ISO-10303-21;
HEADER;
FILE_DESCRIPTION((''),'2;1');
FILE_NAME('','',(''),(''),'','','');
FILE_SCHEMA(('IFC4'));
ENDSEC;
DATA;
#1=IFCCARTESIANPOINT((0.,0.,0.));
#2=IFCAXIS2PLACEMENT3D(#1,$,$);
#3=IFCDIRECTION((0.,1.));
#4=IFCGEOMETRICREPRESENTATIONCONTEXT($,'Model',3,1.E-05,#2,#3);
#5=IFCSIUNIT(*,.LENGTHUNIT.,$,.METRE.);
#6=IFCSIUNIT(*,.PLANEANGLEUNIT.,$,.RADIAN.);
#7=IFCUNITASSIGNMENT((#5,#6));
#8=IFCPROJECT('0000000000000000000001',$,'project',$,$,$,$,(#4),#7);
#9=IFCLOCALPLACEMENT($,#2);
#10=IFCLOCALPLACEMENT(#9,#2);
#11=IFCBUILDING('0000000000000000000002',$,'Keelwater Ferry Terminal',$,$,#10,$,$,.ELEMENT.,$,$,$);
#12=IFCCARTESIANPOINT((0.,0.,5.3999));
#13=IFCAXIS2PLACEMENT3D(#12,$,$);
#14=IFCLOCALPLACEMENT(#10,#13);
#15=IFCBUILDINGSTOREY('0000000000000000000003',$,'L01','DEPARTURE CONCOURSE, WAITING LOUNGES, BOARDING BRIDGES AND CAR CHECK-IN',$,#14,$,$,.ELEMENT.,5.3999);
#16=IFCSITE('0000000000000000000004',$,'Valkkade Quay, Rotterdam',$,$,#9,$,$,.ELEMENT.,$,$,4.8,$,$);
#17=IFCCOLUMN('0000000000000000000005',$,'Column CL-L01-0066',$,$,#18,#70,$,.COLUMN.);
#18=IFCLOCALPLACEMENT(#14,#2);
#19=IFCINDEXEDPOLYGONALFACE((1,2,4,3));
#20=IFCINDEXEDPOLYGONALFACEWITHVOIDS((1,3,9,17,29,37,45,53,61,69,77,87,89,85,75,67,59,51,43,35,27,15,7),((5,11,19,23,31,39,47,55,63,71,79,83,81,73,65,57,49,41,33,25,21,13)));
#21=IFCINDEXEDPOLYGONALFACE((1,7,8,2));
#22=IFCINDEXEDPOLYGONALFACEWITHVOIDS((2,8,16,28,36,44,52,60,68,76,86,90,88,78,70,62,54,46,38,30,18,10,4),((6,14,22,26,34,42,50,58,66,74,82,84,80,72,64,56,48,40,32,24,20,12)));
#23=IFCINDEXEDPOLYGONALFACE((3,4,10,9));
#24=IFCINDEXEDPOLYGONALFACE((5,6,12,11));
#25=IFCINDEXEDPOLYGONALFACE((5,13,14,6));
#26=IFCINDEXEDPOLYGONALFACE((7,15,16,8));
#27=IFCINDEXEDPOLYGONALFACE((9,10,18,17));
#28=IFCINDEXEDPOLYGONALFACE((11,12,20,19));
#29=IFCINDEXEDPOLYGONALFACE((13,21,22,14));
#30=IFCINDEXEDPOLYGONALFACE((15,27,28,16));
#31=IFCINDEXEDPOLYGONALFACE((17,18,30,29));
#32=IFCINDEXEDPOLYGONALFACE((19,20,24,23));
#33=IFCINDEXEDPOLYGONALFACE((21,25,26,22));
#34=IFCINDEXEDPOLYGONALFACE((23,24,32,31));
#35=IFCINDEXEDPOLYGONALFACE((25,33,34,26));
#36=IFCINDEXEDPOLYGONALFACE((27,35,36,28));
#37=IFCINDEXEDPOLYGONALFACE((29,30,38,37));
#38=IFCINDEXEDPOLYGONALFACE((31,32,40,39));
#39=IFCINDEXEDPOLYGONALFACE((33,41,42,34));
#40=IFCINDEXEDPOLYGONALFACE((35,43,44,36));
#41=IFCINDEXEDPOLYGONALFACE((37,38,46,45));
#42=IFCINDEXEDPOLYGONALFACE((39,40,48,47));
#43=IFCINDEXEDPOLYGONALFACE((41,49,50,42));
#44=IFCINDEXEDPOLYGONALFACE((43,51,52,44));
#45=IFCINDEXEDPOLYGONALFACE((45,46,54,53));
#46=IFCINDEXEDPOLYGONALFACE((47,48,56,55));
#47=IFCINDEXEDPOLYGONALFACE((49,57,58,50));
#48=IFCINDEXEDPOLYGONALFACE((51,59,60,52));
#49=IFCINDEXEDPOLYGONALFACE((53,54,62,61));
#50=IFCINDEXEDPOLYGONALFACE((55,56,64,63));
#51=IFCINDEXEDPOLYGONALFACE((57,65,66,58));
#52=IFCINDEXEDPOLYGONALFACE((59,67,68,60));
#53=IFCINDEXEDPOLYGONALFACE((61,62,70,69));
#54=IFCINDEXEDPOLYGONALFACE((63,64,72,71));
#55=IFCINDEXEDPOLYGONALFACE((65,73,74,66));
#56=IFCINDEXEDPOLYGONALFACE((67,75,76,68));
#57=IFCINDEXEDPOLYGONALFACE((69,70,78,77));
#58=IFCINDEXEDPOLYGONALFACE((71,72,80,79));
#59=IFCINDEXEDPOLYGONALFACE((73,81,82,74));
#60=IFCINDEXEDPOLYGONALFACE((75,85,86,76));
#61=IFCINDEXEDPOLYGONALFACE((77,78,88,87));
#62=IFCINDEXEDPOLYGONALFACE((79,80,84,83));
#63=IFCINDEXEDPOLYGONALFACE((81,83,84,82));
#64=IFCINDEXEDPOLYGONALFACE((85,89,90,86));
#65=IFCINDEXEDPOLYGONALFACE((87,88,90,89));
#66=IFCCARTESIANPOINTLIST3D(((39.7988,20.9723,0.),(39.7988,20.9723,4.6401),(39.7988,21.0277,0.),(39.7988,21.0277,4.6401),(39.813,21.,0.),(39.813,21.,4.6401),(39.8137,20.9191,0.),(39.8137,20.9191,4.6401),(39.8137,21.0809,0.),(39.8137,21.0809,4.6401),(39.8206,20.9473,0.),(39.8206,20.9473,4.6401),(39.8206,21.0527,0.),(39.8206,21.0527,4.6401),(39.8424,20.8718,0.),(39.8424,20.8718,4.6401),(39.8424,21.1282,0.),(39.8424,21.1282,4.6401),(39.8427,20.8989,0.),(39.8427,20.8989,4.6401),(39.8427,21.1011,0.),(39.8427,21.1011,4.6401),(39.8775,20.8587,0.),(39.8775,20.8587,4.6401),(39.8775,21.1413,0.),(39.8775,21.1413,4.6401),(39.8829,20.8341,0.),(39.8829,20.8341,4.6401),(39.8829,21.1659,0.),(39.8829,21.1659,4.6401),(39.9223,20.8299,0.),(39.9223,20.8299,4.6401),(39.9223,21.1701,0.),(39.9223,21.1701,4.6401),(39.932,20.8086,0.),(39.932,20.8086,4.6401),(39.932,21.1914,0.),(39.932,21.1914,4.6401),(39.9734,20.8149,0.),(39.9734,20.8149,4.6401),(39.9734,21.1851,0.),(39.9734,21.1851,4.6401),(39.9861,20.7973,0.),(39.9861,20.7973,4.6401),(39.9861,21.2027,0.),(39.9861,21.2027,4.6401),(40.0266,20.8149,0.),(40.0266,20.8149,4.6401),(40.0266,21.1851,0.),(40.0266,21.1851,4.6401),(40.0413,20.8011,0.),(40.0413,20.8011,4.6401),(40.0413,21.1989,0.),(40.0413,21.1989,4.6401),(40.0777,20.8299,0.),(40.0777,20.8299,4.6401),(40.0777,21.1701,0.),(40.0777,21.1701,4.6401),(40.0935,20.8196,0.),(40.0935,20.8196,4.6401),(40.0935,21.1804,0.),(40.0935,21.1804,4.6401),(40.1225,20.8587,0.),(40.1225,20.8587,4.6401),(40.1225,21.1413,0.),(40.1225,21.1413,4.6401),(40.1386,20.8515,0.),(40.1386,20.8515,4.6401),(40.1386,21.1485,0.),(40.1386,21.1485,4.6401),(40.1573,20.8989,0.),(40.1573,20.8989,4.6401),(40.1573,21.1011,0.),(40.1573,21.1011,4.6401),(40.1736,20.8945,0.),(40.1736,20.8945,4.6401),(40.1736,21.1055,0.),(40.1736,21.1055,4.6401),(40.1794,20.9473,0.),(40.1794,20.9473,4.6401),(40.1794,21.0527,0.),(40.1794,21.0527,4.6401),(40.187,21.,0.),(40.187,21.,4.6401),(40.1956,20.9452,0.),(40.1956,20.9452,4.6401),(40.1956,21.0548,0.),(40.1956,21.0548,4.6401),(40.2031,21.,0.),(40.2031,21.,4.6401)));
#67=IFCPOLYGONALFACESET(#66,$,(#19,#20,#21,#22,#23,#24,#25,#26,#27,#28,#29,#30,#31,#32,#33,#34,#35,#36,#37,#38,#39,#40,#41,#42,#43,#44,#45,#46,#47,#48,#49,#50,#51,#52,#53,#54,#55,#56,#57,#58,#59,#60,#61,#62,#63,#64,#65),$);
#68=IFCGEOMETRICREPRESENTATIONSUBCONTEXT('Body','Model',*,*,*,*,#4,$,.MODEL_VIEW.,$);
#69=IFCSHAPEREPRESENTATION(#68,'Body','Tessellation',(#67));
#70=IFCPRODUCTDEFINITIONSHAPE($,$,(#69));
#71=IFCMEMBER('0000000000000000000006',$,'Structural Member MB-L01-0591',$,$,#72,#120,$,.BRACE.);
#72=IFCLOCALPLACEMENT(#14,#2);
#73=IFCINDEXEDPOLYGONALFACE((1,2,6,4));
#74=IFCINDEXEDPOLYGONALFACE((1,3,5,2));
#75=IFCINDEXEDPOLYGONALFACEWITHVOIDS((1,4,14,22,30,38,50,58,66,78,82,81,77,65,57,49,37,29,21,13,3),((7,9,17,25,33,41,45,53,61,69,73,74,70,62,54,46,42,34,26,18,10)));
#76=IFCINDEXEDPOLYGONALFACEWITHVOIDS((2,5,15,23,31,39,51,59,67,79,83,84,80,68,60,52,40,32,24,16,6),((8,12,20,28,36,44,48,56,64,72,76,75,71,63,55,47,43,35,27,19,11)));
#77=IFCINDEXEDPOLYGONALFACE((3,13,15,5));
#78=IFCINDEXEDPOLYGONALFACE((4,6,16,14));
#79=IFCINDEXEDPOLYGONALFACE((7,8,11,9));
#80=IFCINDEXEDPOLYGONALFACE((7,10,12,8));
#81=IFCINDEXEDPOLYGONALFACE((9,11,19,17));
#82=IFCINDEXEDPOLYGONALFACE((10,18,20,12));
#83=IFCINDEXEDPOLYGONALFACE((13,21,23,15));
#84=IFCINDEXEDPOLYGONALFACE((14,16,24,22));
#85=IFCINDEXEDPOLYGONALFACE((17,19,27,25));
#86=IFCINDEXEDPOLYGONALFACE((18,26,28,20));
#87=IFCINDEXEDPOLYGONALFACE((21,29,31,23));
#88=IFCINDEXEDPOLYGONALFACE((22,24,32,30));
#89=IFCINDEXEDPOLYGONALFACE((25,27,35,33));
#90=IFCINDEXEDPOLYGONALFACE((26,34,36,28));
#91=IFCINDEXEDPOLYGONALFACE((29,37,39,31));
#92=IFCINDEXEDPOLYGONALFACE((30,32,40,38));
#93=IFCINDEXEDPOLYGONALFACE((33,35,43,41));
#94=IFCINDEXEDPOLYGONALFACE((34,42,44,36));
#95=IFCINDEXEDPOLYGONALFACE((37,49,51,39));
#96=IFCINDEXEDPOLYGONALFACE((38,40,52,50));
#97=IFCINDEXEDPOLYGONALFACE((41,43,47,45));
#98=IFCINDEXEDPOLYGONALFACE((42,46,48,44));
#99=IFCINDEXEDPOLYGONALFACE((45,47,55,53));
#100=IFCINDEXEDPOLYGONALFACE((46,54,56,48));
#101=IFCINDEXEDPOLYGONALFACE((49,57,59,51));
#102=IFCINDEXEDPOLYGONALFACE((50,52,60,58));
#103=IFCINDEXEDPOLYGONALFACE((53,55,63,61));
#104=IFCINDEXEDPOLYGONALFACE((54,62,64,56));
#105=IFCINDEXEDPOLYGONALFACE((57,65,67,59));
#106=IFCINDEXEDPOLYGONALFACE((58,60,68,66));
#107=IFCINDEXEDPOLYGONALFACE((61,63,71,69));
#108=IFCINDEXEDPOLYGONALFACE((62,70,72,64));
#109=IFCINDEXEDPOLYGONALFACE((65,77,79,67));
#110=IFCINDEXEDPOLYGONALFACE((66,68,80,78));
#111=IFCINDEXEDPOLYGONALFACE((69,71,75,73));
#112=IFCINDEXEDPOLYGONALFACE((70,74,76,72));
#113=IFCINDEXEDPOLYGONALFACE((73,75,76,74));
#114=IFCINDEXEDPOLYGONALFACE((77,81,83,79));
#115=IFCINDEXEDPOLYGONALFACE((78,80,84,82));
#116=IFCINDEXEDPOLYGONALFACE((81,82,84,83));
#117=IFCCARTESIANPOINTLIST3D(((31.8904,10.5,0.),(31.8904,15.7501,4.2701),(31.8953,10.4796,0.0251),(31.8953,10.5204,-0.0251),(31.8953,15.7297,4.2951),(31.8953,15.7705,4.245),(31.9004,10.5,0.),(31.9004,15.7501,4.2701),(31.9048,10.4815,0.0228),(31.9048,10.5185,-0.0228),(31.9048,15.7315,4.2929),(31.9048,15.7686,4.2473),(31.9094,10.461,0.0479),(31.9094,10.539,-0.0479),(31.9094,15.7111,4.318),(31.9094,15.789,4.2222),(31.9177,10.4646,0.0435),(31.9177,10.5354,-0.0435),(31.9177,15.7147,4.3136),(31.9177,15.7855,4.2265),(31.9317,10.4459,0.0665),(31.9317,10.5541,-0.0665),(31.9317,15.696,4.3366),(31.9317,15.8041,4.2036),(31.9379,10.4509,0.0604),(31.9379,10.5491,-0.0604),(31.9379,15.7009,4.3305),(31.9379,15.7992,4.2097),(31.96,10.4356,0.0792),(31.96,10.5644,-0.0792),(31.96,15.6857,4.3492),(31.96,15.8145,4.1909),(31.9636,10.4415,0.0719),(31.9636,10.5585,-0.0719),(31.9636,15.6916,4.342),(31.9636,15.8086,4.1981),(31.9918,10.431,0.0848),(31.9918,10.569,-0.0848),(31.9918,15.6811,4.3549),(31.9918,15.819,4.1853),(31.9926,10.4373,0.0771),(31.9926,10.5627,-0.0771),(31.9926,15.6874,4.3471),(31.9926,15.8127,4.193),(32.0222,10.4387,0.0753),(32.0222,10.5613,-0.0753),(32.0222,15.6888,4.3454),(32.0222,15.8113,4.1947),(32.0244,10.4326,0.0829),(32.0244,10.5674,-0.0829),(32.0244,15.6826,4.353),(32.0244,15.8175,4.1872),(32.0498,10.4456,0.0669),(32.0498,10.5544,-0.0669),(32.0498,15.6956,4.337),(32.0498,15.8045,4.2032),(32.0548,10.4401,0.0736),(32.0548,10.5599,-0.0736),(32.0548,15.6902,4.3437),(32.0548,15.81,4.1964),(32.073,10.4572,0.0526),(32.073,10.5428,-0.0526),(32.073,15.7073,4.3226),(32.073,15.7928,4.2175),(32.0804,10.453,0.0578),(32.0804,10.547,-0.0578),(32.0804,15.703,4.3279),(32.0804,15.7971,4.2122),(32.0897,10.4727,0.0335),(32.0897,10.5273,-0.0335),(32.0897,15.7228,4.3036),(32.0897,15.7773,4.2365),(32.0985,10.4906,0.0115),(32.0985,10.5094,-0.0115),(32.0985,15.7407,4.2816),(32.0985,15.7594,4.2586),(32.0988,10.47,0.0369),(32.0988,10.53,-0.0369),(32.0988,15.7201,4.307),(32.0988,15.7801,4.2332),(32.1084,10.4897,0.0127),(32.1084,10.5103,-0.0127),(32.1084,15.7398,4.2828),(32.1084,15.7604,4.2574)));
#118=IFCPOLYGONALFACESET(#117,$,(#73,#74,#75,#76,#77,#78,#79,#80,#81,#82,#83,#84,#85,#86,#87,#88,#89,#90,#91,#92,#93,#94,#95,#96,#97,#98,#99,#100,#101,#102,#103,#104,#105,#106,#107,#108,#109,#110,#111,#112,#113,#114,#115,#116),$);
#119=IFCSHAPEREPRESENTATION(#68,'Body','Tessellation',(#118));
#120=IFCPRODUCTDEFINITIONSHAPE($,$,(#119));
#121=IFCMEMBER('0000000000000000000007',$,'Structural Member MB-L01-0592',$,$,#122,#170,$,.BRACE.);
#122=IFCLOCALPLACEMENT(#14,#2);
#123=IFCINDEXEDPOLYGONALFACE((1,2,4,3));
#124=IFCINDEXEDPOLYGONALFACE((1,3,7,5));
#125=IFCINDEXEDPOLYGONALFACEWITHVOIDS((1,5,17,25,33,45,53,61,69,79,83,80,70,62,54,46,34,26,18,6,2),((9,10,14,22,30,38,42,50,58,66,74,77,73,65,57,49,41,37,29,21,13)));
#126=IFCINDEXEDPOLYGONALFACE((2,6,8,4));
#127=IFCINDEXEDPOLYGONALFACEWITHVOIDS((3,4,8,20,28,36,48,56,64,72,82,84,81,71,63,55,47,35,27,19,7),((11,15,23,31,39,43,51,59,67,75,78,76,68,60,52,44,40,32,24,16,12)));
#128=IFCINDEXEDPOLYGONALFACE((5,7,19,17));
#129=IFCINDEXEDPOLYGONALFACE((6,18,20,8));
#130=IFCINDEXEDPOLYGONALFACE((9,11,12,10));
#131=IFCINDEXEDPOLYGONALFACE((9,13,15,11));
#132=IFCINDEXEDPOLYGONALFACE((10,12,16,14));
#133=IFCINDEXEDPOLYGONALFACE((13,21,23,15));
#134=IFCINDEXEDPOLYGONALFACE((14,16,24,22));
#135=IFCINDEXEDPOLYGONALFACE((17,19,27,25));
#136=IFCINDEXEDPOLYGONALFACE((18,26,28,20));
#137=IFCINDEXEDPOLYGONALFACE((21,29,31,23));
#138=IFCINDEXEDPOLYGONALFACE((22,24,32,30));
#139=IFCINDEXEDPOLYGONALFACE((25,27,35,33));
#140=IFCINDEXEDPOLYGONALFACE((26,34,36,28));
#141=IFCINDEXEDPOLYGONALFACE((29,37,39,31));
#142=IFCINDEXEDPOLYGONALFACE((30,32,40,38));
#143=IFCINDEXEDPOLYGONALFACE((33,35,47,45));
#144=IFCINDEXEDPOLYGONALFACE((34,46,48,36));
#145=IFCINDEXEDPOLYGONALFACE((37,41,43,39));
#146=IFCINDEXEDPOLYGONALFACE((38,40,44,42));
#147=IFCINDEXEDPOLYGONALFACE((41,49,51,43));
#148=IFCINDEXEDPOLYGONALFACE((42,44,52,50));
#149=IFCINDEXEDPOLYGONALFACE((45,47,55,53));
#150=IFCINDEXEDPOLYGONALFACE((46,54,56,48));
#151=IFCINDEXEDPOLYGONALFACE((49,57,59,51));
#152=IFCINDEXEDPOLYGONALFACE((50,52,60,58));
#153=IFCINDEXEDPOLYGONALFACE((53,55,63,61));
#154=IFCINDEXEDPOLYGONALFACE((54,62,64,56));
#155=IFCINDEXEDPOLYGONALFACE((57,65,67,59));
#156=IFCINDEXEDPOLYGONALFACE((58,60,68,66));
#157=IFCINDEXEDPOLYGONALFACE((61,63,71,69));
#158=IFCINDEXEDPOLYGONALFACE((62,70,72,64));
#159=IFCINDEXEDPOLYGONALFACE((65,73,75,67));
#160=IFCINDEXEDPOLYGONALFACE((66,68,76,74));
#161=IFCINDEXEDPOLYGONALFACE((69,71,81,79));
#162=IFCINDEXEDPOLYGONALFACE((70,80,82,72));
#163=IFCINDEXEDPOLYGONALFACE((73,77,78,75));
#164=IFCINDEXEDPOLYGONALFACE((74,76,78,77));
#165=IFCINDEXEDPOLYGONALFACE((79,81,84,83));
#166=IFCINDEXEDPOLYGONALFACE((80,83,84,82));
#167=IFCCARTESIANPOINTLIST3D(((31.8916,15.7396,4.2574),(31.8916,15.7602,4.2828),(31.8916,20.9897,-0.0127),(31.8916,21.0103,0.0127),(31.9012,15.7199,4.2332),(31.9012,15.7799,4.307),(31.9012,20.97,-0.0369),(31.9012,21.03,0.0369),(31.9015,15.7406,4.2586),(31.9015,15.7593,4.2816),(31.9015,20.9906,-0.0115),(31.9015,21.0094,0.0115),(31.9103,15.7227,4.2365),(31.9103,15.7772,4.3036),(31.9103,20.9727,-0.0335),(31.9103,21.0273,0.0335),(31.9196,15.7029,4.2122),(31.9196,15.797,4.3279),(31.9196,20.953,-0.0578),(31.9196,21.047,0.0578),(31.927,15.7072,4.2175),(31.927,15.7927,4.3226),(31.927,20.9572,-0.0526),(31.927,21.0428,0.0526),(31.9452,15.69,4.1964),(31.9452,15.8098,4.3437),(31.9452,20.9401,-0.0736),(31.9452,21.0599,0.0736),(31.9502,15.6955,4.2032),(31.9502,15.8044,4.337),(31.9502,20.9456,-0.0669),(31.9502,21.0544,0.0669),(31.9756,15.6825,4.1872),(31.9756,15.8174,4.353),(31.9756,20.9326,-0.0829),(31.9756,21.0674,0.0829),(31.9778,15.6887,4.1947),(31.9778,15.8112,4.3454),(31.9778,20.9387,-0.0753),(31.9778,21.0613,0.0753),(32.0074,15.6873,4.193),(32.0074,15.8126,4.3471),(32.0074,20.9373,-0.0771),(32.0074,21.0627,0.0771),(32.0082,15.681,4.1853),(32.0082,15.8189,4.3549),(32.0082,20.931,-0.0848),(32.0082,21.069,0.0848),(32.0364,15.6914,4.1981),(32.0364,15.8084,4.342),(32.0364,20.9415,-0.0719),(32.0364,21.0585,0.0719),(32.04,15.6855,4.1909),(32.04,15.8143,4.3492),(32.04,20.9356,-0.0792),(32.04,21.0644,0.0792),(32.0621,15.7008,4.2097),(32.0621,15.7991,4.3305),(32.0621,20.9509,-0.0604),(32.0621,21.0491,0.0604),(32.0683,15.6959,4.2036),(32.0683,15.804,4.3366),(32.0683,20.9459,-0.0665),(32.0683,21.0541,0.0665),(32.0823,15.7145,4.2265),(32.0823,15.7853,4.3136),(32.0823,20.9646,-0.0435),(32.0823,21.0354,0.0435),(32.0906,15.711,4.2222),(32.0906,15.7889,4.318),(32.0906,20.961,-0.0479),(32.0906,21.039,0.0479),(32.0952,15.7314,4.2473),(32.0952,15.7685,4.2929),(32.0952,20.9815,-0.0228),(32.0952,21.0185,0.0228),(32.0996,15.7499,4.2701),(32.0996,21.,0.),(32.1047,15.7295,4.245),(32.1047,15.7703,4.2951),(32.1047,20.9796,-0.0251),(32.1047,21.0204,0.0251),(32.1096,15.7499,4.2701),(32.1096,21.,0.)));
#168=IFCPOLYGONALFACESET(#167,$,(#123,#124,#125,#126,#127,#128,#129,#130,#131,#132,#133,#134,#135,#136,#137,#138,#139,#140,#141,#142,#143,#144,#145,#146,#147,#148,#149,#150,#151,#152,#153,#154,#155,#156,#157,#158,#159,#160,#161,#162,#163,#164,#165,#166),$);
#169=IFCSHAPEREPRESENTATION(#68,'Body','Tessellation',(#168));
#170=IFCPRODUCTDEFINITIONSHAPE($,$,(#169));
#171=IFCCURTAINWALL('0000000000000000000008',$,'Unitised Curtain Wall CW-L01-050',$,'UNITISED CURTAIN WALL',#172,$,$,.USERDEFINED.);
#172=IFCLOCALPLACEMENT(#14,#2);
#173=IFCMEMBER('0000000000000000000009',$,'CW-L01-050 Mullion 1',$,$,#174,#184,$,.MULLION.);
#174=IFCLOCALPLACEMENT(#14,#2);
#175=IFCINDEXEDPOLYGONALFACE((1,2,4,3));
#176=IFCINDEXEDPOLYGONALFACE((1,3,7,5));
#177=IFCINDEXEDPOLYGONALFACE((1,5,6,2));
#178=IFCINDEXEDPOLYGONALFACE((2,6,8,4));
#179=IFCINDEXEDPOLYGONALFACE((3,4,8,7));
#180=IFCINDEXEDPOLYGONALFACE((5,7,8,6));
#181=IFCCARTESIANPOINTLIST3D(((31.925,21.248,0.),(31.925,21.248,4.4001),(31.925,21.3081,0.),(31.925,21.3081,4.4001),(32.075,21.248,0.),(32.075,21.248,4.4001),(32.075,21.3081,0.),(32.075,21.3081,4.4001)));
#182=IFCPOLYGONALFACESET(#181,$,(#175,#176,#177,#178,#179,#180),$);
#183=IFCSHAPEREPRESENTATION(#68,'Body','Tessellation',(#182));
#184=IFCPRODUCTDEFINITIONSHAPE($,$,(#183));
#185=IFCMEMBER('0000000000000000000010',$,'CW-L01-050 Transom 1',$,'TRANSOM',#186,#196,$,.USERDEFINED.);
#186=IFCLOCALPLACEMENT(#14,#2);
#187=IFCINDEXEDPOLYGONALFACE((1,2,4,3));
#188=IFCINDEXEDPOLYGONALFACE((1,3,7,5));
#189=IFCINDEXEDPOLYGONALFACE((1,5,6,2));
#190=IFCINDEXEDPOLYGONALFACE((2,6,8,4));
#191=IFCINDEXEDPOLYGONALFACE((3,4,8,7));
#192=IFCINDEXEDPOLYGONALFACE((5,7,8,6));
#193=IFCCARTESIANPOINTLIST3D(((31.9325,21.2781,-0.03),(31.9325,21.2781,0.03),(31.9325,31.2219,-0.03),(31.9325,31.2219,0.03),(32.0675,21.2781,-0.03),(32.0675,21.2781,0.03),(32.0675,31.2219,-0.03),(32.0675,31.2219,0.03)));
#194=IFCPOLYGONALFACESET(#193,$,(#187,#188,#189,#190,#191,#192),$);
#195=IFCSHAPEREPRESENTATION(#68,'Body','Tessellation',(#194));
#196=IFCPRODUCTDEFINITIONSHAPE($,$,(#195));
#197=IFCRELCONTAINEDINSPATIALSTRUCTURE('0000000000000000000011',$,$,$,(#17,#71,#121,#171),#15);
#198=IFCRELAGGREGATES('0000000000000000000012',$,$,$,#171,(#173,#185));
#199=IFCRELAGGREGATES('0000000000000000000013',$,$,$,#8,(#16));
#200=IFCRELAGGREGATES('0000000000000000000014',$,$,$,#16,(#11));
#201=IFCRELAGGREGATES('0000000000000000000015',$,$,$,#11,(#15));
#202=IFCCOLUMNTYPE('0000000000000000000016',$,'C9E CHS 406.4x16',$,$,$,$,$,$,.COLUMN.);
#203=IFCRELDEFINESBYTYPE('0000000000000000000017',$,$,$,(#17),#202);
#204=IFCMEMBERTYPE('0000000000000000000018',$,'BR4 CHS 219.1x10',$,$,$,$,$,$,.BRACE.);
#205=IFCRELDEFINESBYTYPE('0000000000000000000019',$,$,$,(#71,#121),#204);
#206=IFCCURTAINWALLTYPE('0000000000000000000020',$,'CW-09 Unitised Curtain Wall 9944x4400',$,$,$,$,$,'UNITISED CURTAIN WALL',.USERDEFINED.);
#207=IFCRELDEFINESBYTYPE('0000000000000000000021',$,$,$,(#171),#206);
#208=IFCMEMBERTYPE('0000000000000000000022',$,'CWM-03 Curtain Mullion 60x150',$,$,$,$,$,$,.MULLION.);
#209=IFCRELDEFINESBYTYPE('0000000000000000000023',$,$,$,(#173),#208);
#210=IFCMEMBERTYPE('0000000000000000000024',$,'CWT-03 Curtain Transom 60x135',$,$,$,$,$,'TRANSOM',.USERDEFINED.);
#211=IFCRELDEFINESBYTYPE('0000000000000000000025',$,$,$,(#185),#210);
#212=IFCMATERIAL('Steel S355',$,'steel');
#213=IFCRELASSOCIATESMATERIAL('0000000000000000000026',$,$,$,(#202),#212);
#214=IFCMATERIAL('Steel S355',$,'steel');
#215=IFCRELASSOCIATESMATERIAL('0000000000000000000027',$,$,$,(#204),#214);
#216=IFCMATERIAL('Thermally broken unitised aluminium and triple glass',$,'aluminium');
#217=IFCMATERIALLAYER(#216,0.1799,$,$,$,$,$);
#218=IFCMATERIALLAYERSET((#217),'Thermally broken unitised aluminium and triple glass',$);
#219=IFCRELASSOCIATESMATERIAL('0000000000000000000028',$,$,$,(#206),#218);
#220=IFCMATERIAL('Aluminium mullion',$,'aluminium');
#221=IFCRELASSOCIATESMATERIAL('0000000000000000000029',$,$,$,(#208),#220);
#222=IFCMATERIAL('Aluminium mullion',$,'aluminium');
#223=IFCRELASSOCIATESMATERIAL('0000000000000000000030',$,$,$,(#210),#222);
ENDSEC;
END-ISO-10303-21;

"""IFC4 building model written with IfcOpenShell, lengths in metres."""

from ifc_helpers import new_model, si_unit, direction, frame, origin, origin_2d, place, context, subcontext, project, spatial, rectangle, hollow_circle, extrude, material, layer, layer_set, material_profile, profile_set, type_object, element, aggregate, save


model = new_model("IFC4")

# Units and contexts
model_context = context("Model", 3, precision=1e-05, world=origin(), true_north=direction((0.0, 1.0)))
body_context = subcontext(model_context, "Body", "Model", "MODEL_VIEW")
ifc_project = project(units=[si_unit("LENGTHUNIT", "METRE"), si_unit("PLANEANGLEUNIT", "RADIAN")], contexts=[model_context])

# Site, building, storey
site_placement = place(None, origin())
site = spatial("IfcSite", under=ifc_project, at=site_placement, Name="Valkkade Quay, Rotterdam", CompositionType="ELEMENT", RefElevation=4.8)
building_placement = place(site_placement, origin())
building = spatial("IfcBuilding", under=site, at=building_placement, Name="Keelwater Ferry Terminal", CompositionType="ELEMENT")
storey_placement = place(building_placement, frame((0.0, 0.0, 5.3999)))
storey = spatial("IfcBuildingStorey", under=building, at=storey_placement, Name="L01", Description="DEPARTURE CONCOURSE, WAITING LOUNGES, BOARDING BRIDGES AND CAR CHECK-IN", CompositionType="ELEMENT", Elevation=5.3999)

# Column
ifc_material_1 = material(Name="Steel S355", Category="steel")
ifc_material_profile_1 = material_profile(ifc_material_1, hollow_circle(Radius=0.2031, WallThickness=0.0161, at=origin_2d()), Name="CHS 406.4x16")
ifc_profile_set_1 = profile_set([ifc_material_profile_1], Name="Steel S355")
column_type = type_object("IfcColumnType", Name="C9E CHS 406.4x16", PredefinedType="COLUMN", material=ifc_profile_set_1)
for number, where, z_axis, x_axis, name in (
    (1, (40.0, 21.0, 0.0), (0.0, 0.0, 1.0), (1.0, 0.0, 0.0), "Column CL-L01-0066"),
):
    element("IfcColumn", number, at=place(storey_placement, frame(where, z_axis=z_axis, x_axis=x_axis)), inside=storey, type_object=column_type, Name=name, PredefinedType="COLUMN", context=body_context, shape_type="SweptSolid", body=[
        extrude(hollow_circle(Radius=0.2031, WallThickness=0.0161, at=origin_2d()), origin(), (0.0, 0.0, 1.0), 4.6401),
    ])

# Members
ifc_material_2 = material(Name="Steel S355", Category="steel")
ifc_material_profile_2 = material_profile(ifc_material_2, hollow_circle(Radius=0.1096, WallThickness=0.01, at=origin_2d()), Name="CHS 219.1x10")
ifc_profile_set_2 = profile_set([ifc_material_profile_2], Name="Steel S355")
member_type_1 = type_object("IfcMemberType", Name="BR4 CHS 219.1x10", PredefinedType="BRACE", material=ifc_profile_set_2)
for number, where, z_axis, x_axis, name in (
    (2, (32.0, 10.5, 0.0), (0.0, 0.775796, 0.630984), (-1.0, 0.0, 0.0), "Structural Member MB-L01-0591"),
    (3, (32.0, 21.0, 0.0), (0.0, -0.775796, 0.630984), (1.0, 0.0, 0.0), "Structural Member MB-L01-0592"),
):
    element("IfcMember", number, at=place(storey_placement, frame(where, z_axis=z_axis, x_axis=x_axis)), inside=storey, type_object=member_type_1, Name=name, PredefinedType="BRACE", context=body_context, shape_type="SweptSolid", body=[
        extrude(hollow_circle(Radius=0.1096, WallThickness=0.01, at=origin_2d()), origin(), (0.0, 0.0, 1.0), 6.7673),
    ])

# Curtain wall, members
ifc_material_3 = material(Name="Thermally broken unitised aluminium and triple glass", Category="aluminium")
ifc_layer_1 = layer(ifc_material_3, 0.1799)
ifc_layer_set_1 = layer_set([ifc_layer_1], Name="Thermally broken unitised aluminium and triple glass")
curtain_wall_type = type_object("IfcCurtainWallType", Name="CW-09 Unitised Curtain Wall 9944x4400", ElementType="UNITISED CURTAIN WALL", PredefinedType="USERDEFINED", material=ifc_layer_set_1)
curtain_wall_placement = place(storey_placement, origin())
curtain_wall = element("IfcCurtainWall", 4, at=curtain_wall_placement, inside=storey, type_object=curtain_wall_type, Name="Unitised Curtain Wall CW-L01-050", ObjectType="UNITISED CURTAIN WALL", PredefinedType="USERDEFINED")
ifc_material_4 = material(Name="Aluminium mullion", Category="aluminium")
ifc_material_profile_3 = material_profile(ifc_material_4, rectangle(XDim=0.0601, YDim=0.1499, at=origin_2d()), Name="CWM-03")
ifc_profile_set_3 = profile_set([ifc_material_profile_3], Name="Aluminium mullion")
member_type_2 = type_object("IfcMemberType", Name="CWM-03 Curtain Mullion 60x150", PredefinedType="MULLION", material=ifc_profile_set_3)
member_1_placement = place(storey_placement, frame((32.0, 21.2781, 0.0), z_axis=(0.0, 0.0, 1.0), x_axis=(0.0, 1.0, 0.0)))
member_1 = element("IfcMember", 5, at=member_1_placement, type_object=member_type_2, Name="CW-L01-050 Mullion 1", PredefinedType="MULLION", context=body_context, shape_type="SweptSolid", body=[
    extrude(rectangle(XDim=0.0601, YDim=0.1499, at=origin_2d()), origin(), (0.0, 0.0, 1.0), 4.4001),
])
ifc_material_5 = material(Name="Aluminium mullion", Category="aluminium")
ifc_material_profile_4 = material_profile(ifc_material_5, rectangle(XDim=0.135, YDim=0.0601, at=origin_2d()), Name="CWT-03")
ifc_profile_set_4 = profile_set([ifc_material_profile_4], Name="Aluminium mullion")
member_type_3 = type_object("IfcMemberType", Name="CWT-03 Curtain Transom 60x135", ElementType="TRANSOM", PredefinedType="USERDEFINED", material=ifc_profile_set_4)
member_2_placement = place(storey_placement, frame((32.0, 21.2781, 0.0), z_axis=(0.0, 1.0, 0.0), x_axis=(-1.0, 0.0, 0.0)))
member_2 = element("IfcMember", 6, at=member_2_placement, type_object=member_type_3, Name="CW-L01-050 Transom 1", ObjectType="TRANSOM", PredefinedType="USERDEFINED", context=body_context, shape_type="SweptSolid", body=[
    extrude(rectangle(XDim=0.135, YDim=0.0601, at=origin_2d()), origin(), (0.0, 0.0, 1.0), 9.9438),
])

aggregate(curtain_wall, [member_1, member_2])

save(model, "model.ifc")
